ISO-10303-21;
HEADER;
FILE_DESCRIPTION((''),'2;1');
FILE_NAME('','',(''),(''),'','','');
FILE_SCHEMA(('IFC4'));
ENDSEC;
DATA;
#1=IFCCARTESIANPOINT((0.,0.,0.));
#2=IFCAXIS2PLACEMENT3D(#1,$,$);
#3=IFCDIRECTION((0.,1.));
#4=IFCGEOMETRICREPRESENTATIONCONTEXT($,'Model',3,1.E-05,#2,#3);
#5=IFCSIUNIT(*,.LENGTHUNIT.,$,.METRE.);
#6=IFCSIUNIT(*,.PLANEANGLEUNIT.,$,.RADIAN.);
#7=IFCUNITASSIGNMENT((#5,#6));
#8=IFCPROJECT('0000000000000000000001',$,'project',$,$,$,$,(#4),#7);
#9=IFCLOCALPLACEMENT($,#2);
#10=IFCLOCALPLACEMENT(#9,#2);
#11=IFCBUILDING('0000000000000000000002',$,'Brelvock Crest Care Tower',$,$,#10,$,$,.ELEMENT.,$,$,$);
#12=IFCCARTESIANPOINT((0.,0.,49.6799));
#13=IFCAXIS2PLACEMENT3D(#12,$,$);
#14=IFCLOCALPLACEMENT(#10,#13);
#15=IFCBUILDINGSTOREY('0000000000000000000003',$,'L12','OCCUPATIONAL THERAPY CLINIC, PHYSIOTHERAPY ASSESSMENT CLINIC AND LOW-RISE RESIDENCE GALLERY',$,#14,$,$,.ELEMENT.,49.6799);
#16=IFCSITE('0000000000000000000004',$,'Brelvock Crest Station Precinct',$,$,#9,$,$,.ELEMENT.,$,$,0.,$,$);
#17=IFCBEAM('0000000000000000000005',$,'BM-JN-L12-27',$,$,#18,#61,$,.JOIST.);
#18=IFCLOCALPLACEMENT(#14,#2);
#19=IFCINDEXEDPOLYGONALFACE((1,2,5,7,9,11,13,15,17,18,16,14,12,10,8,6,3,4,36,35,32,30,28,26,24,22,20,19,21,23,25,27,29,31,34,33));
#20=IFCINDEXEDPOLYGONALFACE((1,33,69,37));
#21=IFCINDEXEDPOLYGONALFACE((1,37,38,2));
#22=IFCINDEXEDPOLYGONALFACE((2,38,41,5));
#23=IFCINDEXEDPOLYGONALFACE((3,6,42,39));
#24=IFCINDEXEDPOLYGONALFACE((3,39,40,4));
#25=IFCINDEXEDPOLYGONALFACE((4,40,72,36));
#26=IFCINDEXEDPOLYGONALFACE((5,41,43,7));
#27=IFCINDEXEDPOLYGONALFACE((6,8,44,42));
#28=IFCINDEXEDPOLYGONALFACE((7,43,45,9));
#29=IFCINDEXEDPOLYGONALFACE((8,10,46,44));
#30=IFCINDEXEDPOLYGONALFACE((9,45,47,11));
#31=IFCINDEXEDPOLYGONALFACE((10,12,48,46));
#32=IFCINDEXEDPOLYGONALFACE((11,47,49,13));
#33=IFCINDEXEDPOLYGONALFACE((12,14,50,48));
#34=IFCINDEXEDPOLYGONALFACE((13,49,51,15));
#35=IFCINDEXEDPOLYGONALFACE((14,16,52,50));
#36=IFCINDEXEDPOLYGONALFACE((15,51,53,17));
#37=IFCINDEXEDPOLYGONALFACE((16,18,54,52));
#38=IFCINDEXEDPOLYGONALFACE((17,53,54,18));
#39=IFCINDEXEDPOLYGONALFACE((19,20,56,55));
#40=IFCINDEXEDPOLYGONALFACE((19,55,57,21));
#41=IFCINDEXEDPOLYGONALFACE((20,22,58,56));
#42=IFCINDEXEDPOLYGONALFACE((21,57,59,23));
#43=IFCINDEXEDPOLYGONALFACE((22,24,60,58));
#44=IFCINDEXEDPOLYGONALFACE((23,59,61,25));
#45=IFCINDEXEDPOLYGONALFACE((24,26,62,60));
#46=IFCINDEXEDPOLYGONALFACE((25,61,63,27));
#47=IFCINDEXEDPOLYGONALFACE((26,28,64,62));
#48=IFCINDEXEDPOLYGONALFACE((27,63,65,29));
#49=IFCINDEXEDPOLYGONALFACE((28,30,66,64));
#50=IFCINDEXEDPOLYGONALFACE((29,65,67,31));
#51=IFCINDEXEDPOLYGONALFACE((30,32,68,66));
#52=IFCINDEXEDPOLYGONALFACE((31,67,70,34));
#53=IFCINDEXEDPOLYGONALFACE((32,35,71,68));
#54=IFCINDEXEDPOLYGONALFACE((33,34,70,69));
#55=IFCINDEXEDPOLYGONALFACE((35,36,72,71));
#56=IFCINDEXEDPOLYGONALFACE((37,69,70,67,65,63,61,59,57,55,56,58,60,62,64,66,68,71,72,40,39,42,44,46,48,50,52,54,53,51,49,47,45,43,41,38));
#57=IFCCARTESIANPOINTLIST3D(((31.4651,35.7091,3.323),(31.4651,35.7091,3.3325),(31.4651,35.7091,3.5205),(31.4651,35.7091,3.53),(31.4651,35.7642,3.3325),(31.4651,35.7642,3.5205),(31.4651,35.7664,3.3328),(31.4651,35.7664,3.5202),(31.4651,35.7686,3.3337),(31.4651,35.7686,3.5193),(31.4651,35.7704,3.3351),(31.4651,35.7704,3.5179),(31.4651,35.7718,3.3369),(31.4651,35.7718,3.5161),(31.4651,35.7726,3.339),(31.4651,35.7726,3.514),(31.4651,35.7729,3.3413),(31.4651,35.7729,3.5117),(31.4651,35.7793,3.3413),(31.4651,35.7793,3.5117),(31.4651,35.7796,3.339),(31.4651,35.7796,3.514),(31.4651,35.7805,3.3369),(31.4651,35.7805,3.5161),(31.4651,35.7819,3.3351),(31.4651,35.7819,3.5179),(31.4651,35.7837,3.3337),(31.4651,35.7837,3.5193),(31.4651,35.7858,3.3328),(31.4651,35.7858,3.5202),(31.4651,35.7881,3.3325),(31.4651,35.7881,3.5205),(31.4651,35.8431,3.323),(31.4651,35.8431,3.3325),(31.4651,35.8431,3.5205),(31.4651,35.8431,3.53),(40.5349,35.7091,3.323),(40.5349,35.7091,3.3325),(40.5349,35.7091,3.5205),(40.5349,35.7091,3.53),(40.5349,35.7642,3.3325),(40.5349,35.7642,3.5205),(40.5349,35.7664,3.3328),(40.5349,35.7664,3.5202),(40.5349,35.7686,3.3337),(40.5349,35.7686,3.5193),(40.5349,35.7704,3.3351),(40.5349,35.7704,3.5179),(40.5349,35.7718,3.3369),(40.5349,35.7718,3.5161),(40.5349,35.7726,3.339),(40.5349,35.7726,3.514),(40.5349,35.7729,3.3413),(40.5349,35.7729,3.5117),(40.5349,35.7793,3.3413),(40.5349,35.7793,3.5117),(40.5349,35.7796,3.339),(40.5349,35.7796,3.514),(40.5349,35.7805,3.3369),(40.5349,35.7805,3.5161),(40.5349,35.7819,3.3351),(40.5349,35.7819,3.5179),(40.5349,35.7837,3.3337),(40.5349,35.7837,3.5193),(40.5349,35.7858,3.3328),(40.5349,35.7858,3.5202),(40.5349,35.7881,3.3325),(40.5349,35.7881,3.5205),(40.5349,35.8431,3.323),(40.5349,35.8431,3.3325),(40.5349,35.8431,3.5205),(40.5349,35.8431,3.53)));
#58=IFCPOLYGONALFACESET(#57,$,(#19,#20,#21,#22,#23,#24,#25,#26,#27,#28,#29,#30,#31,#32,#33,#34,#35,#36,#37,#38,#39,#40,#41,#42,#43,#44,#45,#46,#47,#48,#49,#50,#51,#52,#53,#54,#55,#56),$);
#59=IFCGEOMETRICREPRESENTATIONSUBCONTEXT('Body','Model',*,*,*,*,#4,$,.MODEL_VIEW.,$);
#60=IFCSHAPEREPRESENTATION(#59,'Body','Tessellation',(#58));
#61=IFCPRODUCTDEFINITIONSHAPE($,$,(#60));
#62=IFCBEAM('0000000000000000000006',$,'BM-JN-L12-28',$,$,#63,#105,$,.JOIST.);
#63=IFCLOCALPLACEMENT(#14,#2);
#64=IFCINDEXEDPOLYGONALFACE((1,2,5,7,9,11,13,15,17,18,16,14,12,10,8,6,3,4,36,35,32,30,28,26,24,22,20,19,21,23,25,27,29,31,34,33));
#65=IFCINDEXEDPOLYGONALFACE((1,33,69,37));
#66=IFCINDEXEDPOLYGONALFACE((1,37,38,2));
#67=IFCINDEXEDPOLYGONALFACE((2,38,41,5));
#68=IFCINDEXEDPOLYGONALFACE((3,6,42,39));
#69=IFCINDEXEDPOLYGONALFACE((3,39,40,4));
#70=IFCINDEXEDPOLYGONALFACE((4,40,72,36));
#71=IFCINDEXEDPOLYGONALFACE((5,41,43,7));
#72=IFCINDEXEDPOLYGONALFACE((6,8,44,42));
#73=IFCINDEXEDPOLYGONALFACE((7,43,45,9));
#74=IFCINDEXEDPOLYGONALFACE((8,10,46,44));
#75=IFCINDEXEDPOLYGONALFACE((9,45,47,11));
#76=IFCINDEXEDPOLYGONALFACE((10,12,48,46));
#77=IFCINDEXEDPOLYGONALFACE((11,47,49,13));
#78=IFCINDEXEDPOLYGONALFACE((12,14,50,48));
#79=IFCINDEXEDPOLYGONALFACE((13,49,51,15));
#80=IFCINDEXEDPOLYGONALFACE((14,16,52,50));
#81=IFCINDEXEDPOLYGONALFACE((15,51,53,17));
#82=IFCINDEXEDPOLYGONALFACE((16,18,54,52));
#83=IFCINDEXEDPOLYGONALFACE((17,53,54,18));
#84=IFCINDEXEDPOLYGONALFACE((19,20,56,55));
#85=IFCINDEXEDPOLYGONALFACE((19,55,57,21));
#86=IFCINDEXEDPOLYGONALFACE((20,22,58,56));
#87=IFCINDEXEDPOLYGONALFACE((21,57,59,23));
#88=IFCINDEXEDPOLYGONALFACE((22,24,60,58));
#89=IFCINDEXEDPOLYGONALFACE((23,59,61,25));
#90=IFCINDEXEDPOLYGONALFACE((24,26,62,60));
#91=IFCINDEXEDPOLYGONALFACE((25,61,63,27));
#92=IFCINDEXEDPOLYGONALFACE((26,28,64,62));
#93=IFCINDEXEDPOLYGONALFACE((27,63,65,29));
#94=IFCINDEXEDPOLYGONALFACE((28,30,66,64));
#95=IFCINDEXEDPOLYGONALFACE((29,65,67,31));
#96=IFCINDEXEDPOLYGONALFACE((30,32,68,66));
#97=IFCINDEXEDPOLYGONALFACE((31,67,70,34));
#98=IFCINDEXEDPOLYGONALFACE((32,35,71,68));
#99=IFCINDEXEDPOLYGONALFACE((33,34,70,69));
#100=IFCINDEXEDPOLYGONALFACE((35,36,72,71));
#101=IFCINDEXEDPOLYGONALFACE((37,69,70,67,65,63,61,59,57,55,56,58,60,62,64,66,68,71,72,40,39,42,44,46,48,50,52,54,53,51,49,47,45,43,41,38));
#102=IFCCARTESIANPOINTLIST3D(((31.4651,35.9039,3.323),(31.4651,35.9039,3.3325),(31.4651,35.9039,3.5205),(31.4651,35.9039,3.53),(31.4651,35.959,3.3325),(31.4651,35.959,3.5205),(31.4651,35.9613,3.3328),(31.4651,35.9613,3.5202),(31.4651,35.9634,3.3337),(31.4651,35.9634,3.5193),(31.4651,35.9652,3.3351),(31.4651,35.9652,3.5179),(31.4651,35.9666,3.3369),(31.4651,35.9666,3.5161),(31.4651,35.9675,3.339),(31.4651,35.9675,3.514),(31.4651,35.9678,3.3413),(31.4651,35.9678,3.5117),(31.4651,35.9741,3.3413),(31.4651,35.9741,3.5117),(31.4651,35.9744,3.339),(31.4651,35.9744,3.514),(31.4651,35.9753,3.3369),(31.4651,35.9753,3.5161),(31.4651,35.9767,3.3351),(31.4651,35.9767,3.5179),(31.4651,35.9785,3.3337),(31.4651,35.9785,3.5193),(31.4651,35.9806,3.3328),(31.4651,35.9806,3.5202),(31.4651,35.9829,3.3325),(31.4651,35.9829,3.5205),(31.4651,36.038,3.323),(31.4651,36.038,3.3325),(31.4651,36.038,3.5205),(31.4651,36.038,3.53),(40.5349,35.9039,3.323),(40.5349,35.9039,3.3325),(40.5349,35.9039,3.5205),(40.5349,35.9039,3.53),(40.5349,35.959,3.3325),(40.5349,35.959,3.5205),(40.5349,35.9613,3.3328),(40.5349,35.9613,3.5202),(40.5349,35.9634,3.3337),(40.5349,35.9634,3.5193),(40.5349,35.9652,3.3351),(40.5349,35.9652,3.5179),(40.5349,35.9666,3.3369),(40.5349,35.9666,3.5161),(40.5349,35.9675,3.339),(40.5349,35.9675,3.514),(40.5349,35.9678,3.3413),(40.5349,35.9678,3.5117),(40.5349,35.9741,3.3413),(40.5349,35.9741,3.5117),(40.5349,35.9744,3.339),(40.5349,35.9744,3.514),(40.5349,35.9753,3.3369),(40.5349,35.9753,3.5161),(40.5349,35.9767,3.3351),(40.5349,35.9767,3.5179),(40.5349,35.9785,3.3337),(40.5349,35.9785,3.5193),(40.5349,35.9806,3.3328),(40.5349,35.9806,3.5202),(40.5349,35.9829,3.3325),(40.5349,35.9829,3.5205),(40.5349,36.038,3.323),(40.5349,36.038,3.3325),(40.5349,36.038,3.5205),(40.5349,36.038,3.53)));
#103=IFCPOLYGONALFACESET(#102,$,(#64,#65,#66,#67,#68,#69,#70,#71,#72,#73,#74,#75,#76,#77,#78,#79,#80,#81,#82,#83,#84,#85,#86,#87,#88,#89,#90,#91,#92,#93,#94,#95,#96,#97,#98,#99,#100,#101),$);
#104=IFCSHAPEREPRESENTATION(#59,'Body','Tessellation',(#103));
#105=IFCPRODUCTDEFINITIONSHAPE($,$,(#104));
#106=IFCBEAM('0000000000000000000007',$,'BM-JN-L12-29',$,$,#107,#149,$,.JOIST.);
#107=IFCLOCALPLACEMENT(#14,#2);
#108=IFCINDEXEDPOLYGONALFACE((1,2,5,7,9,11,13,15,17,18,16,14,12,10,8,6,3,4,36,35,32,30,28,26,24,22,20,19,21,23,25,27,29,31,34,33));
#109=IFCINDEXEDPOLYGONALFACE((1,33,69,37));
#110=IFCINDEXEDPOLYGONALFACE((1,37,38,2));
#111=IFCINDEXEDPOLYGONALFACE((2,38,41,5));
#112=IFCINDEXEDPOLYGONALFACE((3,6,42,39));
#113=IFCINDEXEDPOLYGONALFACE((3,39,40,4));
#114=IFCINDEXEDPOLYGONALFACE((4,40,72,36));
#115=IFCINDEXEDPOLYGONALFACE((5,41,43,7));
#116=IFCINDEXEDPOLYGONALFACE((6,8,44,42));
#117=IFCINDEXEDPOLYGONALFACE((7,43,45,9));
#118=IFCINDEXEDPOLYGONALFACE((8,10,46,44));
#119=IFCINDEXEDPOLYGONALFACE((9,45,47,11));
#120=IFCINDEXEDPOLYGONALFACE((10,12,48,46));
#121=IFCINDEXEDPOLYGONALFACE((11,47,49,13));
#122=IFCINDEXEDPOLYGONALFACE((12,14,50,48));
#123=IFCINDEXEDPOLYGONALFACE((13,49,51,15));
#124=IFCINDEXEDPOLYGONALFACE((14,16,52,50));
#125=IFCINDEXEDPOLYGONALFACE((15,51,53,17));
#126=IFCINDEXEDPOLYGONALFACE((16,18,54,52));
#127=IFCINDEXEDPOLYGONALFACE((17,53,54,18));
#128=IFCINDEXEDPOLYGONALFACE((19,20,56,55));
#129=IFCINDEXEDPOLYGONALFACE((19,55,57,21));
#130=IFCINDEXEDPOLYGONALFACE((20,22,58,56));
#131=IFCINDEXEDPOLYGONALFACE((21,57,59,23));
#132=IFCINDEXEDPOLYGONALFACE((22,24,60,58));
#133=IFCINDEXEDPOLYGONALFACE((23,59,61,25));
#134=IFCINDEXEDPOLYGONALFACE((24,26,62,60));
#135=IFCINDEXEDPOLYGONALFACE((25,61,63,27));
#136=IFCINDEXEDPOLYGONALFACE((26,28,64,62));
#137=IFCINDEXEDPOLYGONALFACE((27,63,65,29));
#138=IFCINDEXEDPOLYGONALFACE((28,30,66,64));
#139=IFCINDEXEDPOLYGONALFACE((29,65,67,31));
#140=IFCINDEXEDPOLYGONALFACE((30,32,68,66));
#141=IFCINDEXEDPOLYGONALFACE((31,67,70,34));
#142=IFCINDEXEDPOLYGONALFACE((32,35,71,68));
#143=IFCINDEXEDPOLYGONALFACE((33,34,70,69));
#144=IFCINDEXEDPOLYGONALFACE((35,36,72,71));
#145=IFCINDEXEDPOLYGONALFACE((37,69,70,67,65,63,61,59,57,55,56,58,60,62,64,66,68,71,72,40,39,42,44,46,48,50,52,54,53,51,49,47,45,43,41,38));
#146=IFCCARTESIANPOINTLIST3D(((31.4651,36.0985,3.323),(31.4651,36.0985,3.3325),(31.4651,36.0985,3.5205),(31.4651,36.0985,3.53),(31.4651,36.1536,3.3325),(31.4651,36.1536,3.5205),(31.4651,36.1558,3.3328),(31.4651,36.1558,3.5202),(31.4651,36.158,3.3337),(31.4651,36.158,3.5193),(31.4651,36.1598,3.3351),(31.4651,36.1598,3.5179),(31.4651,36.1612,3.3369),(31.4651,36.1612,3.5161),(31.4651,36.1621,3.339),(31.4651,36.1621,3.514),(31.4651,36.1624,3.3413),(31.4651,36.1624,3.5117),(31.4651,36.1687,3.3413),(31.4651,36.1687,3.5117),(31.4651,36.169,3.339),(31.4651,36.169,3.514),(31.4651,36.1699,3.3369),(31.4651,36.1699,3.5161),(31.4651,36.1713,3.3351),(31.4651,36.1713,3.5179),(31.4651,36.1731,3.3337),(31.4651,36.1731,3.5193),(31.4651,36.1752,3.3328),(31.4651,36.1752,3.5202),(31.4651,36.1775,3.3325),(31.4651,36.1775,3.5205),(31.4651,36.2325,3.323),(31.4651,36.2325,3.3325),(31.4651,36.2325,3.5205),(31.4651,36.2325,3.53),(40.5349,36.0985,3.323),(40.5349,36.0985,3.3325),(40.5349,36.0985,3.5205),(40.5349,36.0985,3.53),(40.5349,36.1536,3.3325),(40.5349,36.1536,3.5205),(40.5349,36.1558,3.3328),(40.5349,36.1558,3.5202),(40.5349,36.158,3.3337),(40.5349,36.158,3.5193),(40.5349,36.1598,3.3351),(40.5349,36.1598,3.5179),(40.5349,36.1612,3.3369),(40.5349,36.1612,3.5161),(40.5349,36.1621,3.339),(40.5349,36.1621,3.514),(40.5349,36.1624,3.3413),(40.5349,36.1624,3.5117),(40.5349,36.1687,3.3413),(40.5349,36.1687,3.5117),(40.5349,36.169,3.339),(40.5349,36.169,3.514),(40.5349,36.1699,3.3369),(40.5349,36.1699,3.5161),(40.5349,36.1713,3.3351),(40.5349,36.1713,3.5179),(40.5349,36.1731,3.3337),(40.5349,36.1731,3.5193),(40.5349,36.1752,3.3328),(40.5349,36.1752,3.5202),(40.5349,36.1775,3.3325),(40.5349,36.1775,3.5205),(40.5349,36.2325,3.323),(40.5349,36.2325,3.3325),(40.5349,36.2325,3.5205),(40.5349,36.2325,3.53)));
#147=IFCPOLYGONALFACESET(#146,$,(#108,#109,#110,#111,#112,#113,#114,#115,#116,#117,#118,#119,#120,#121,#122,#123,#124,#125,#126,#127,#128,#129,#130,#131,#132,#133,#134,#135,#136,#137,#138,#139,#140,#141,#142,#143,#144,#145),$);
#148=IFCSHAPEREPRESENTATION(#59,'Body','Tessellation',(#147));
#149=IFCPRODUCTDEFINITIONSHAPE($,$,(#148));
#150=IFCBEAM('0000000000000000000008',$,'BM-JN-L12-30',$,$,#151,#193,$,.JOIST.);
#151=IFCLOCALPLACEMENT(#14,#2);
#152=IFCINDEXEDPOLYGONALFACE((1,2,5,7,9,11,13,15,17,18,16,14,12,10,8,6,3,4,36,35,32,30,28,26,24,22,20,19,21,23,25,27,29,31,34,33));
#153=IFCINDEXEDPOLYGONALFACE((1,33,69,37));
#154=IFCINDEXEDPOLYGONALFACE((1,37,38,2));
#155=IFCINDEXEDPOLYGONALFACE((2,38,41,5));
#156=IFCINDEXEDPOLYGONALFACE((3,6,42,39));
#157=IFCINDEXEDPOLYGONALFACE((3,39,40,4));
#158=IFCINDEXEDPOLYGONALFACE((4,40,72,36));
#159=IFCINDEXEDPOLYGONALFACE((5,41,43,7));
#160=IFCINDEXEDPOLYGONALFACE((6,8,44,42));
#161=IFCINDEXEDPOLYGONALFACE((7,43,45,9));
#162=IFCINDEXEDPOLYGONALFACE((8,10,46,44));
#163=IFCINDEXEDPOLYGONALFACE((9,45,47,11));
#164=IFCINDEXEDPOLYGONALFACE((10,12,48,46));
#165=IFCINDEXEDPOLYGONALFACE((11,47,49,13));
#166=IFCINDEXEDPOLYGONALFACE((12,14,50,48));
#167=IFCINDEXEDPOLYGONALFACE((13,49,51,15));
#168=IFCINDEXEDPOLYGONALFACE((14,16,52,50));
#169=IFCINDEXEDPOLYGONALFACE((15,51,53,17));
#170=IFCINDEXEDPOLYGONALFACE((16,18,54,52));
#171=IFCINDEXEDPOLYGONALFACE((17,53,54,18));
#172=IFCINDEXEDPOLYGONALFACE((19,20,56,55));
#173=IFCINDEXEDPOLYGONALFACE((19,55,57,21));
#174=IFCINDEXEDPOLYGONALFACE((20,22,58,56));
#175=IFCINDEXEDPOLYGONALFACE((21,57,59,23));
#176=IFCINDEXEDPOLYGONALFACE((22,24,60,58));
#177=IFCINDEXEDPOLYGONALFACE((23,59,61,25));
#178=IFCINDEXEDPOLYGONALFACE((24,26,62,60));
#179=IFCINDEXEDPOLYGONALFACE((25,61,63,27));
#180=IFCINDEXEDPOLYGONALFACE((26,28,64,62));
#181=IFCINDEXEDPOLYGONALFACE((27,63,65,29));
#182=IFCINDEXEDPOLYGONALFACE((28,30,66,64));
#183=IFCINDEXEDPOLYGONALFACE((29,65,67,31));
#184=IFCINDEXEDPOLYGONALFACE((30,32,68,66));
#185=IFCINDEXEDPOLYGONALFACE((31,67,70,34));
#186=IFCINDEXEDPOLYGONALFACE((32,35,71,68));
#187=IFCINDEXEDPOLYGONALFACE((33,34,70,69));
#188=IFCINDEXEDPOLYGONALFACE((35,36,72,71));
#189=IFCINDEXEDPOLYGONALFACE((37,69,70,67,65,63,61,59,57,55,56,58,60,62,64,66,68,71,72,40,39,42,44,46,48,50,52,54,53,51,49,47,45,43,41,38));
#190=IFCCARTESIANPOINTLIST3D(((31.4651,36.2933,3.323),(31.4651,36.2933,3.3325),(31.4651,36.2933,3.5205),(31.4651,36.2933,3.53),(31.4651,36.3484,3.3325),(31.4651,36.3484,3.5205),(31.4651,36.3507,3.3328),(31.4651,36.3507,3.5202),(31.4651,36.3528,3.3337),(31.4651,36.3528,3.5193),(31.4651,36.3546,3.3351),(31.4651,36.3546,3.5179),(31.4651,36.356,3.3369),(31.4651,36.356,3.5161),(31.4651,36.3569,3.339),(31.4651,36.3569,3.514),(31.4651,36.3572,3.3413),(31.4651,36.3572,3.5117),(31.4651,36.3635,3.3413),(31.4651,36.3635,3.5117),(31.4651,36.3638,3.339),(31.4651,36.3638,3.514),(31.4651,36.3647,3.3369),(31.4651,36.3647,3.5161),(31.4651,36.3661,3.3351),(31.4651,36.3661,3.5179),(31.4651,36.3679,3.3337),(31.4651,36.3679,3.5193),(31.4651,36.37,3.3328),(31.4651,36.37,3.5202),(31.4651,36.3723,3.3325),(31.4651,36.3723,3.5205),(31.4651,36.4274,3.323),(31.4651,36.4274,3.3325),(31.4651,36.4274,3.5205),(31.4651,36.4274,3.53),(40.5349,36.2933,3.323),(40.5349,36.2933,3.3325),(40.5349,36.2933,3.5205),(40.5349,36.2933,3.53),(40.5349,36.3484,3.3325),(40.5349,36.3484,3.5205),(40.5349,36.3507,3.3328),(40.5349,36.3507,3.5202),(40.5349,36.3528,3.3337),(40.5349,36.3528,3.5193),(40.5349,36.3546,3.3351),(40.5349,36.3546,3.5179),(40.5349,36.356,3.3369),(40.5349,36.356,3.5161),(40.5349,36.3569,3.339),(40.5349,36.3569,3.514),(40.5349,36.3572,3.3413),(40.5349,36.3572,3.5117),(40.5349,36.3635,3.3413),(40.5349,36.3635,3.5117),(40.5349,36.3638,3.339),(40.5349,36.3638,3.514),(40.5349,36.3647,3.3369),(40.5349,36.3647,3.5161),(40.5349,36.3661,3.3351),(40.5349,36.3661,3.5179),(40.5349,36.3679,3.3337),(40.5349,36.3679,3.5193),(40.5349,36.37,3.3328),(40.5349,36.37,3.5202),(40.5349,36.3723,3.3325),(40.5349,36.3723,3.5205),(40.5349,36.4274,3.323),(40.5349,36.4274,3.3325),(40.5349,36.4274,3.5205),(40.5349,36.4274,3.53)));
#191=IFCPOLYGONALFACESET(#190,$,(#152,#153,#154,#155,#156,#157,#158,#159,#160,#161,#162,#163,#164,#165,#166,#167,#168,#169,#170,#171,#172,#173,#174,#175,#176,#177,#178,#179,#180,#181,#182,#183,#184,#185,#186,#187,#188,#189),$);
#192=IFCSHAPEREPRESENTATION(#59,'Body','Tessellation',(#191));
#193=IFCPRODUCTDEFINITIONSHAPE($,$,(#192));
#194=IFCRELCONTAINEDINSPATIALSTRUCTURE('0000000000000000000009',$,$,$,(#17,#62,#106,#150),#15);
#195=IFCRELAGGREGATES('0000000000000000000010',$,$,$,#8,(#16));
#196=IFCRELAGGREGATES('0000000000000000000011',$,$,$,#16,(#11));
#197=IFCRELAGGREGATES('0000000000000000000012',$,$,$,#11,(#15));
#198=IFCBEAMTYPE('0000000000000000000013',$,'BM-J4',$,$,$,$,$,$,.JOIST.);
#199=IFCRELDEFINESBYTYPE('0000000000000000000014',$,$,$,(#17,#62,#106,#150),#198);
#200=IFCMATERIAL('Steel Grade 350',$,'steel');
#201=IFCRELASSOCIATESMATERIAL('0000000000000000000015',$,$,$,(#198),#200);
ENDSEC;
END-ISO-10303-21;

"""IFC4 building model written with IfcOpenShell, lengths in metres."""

from ifc_helpers import new_model, si_unit, direction, frame, origin, origin_2d, place, context, subcontext, project, spatial, i_section, extrude, source, transform, mapped, material, material_profile, profile_set, type_object, element, save


model = new_model("IFC4")

# Units and contexts
model_context = context("Model", 3, precision=1e-05, world=origin(), true_north=direction((0.0, 1.0)))
body_context = subcontext(model_context, "Body", "Model", "MODEL_VIEW")
ifc_project = project(units=[si_unit("LENGTHUNIT", "METRE"), si_unit("PLANEANGLEUNIT", "RADIAN")], contexts=[model_context])

# Site, building, storey
site_placement = place(None, origin())
site = spatial("IfcSite", under=ifc_project, at=site_placement, Name="Brelvock Crest Station Precinct", CompositionType="ELEMENT", RefElevation=0.0)
building_placement = place(site_placement, origin())
building = spatial("IfcBuilding", under=site, at=building_placement, Name="Brelvock Crest Care Tower", CompositionType="ELEMENT")
storey_placement = place(building_placement, frame((0.0, 0.0, 49.6799)))
storey = spatial("IfcBuildingStorey", under=building, at=storey_placement, Name="L12", Description="OCCUPATIONAL THERAPY CLINIC, PHYSIOTHERAPY ASSESSMENT CLINIC AND LOW-RISE RESIDENCE GALLERY", CompositionType="ELEMENT", Elevation=49.6799)

# Shared definitions
ifc_material_1 = material(Name="Steel Grade 350", Category="steel")

# Beams
ifc_material_profile_1 = material_profile(ifc_material_1, i_section(OverallWidth=0.134, OverallDepth=0.207, WebThickness=0.0063, FlangeThickness=0.0095, FilletRadius=0.0088, at=origin_2d()), Name="200UB29.8")
ifc_profile_set_1 = profile_set([ifc_material_profile_1], Name="Steel Grade 350")
beam_type_1 = type_object("IfcBeamType", Name="BM-J4", PredefinedType="JOIST", material=ifc_profile_set_1)
shared_shape_1 = source(origin(), body_context, "Body", "SweptSolid", [
    extrude(i_section(OverallWidth=0.134, OverallDepth=0.207, WebThickness=0.0063, FlangeThickness=0.0095, FilletRadius=0.0088, at=origin_2d()), origin(), (0.0, 0.0, 1.0), 9.0698),
])
for number, where, z_axis, x_axis, name in (
    (1, (31.4651, 35.7761, 3.4265), (1.0, 0.0, 0.0), (0.0, 1.0, 0.0), "BM-JN-L12-27"),
    (2, (31.4651, 35.9709, 3.4265), (1.0, 0.0, 0.0), (0.0, 1.0, 0.0), "BM-JN-L12-28"),
    (3, (31.4651, 36.1655, 3.4265), (1.0, 0.0, 0.0), (0.0, 1.0, 0.0), "BM-JN-L12-29"),
    (4, (31.4651, 36.3604, 3.4265), (1.0, 0.0, 0.0), (0.0, 1.0, 0.0), "BM-JN-L12-30"),
):
    element("IfcBeam", number, at=place(storey_placement, frame(where, z_axis=z_axis, x_axis=x_axis)), inside=storey, type_object=beam_type_1, Name=name, PredefinedType="JOIST", context=body_context, shape_type="MappedRepresentation", body=[
        mapped(shared_shape_1, transform((0.0, 0.0, 0.0), x_axis=(1.0, 0.0, 0.0), y_axis=(0.0, 1.0, 0.0), z_axis=(0.0, 0.0, 1.0), scale=1.0)),
    ])

save(model, "model.ifc")
